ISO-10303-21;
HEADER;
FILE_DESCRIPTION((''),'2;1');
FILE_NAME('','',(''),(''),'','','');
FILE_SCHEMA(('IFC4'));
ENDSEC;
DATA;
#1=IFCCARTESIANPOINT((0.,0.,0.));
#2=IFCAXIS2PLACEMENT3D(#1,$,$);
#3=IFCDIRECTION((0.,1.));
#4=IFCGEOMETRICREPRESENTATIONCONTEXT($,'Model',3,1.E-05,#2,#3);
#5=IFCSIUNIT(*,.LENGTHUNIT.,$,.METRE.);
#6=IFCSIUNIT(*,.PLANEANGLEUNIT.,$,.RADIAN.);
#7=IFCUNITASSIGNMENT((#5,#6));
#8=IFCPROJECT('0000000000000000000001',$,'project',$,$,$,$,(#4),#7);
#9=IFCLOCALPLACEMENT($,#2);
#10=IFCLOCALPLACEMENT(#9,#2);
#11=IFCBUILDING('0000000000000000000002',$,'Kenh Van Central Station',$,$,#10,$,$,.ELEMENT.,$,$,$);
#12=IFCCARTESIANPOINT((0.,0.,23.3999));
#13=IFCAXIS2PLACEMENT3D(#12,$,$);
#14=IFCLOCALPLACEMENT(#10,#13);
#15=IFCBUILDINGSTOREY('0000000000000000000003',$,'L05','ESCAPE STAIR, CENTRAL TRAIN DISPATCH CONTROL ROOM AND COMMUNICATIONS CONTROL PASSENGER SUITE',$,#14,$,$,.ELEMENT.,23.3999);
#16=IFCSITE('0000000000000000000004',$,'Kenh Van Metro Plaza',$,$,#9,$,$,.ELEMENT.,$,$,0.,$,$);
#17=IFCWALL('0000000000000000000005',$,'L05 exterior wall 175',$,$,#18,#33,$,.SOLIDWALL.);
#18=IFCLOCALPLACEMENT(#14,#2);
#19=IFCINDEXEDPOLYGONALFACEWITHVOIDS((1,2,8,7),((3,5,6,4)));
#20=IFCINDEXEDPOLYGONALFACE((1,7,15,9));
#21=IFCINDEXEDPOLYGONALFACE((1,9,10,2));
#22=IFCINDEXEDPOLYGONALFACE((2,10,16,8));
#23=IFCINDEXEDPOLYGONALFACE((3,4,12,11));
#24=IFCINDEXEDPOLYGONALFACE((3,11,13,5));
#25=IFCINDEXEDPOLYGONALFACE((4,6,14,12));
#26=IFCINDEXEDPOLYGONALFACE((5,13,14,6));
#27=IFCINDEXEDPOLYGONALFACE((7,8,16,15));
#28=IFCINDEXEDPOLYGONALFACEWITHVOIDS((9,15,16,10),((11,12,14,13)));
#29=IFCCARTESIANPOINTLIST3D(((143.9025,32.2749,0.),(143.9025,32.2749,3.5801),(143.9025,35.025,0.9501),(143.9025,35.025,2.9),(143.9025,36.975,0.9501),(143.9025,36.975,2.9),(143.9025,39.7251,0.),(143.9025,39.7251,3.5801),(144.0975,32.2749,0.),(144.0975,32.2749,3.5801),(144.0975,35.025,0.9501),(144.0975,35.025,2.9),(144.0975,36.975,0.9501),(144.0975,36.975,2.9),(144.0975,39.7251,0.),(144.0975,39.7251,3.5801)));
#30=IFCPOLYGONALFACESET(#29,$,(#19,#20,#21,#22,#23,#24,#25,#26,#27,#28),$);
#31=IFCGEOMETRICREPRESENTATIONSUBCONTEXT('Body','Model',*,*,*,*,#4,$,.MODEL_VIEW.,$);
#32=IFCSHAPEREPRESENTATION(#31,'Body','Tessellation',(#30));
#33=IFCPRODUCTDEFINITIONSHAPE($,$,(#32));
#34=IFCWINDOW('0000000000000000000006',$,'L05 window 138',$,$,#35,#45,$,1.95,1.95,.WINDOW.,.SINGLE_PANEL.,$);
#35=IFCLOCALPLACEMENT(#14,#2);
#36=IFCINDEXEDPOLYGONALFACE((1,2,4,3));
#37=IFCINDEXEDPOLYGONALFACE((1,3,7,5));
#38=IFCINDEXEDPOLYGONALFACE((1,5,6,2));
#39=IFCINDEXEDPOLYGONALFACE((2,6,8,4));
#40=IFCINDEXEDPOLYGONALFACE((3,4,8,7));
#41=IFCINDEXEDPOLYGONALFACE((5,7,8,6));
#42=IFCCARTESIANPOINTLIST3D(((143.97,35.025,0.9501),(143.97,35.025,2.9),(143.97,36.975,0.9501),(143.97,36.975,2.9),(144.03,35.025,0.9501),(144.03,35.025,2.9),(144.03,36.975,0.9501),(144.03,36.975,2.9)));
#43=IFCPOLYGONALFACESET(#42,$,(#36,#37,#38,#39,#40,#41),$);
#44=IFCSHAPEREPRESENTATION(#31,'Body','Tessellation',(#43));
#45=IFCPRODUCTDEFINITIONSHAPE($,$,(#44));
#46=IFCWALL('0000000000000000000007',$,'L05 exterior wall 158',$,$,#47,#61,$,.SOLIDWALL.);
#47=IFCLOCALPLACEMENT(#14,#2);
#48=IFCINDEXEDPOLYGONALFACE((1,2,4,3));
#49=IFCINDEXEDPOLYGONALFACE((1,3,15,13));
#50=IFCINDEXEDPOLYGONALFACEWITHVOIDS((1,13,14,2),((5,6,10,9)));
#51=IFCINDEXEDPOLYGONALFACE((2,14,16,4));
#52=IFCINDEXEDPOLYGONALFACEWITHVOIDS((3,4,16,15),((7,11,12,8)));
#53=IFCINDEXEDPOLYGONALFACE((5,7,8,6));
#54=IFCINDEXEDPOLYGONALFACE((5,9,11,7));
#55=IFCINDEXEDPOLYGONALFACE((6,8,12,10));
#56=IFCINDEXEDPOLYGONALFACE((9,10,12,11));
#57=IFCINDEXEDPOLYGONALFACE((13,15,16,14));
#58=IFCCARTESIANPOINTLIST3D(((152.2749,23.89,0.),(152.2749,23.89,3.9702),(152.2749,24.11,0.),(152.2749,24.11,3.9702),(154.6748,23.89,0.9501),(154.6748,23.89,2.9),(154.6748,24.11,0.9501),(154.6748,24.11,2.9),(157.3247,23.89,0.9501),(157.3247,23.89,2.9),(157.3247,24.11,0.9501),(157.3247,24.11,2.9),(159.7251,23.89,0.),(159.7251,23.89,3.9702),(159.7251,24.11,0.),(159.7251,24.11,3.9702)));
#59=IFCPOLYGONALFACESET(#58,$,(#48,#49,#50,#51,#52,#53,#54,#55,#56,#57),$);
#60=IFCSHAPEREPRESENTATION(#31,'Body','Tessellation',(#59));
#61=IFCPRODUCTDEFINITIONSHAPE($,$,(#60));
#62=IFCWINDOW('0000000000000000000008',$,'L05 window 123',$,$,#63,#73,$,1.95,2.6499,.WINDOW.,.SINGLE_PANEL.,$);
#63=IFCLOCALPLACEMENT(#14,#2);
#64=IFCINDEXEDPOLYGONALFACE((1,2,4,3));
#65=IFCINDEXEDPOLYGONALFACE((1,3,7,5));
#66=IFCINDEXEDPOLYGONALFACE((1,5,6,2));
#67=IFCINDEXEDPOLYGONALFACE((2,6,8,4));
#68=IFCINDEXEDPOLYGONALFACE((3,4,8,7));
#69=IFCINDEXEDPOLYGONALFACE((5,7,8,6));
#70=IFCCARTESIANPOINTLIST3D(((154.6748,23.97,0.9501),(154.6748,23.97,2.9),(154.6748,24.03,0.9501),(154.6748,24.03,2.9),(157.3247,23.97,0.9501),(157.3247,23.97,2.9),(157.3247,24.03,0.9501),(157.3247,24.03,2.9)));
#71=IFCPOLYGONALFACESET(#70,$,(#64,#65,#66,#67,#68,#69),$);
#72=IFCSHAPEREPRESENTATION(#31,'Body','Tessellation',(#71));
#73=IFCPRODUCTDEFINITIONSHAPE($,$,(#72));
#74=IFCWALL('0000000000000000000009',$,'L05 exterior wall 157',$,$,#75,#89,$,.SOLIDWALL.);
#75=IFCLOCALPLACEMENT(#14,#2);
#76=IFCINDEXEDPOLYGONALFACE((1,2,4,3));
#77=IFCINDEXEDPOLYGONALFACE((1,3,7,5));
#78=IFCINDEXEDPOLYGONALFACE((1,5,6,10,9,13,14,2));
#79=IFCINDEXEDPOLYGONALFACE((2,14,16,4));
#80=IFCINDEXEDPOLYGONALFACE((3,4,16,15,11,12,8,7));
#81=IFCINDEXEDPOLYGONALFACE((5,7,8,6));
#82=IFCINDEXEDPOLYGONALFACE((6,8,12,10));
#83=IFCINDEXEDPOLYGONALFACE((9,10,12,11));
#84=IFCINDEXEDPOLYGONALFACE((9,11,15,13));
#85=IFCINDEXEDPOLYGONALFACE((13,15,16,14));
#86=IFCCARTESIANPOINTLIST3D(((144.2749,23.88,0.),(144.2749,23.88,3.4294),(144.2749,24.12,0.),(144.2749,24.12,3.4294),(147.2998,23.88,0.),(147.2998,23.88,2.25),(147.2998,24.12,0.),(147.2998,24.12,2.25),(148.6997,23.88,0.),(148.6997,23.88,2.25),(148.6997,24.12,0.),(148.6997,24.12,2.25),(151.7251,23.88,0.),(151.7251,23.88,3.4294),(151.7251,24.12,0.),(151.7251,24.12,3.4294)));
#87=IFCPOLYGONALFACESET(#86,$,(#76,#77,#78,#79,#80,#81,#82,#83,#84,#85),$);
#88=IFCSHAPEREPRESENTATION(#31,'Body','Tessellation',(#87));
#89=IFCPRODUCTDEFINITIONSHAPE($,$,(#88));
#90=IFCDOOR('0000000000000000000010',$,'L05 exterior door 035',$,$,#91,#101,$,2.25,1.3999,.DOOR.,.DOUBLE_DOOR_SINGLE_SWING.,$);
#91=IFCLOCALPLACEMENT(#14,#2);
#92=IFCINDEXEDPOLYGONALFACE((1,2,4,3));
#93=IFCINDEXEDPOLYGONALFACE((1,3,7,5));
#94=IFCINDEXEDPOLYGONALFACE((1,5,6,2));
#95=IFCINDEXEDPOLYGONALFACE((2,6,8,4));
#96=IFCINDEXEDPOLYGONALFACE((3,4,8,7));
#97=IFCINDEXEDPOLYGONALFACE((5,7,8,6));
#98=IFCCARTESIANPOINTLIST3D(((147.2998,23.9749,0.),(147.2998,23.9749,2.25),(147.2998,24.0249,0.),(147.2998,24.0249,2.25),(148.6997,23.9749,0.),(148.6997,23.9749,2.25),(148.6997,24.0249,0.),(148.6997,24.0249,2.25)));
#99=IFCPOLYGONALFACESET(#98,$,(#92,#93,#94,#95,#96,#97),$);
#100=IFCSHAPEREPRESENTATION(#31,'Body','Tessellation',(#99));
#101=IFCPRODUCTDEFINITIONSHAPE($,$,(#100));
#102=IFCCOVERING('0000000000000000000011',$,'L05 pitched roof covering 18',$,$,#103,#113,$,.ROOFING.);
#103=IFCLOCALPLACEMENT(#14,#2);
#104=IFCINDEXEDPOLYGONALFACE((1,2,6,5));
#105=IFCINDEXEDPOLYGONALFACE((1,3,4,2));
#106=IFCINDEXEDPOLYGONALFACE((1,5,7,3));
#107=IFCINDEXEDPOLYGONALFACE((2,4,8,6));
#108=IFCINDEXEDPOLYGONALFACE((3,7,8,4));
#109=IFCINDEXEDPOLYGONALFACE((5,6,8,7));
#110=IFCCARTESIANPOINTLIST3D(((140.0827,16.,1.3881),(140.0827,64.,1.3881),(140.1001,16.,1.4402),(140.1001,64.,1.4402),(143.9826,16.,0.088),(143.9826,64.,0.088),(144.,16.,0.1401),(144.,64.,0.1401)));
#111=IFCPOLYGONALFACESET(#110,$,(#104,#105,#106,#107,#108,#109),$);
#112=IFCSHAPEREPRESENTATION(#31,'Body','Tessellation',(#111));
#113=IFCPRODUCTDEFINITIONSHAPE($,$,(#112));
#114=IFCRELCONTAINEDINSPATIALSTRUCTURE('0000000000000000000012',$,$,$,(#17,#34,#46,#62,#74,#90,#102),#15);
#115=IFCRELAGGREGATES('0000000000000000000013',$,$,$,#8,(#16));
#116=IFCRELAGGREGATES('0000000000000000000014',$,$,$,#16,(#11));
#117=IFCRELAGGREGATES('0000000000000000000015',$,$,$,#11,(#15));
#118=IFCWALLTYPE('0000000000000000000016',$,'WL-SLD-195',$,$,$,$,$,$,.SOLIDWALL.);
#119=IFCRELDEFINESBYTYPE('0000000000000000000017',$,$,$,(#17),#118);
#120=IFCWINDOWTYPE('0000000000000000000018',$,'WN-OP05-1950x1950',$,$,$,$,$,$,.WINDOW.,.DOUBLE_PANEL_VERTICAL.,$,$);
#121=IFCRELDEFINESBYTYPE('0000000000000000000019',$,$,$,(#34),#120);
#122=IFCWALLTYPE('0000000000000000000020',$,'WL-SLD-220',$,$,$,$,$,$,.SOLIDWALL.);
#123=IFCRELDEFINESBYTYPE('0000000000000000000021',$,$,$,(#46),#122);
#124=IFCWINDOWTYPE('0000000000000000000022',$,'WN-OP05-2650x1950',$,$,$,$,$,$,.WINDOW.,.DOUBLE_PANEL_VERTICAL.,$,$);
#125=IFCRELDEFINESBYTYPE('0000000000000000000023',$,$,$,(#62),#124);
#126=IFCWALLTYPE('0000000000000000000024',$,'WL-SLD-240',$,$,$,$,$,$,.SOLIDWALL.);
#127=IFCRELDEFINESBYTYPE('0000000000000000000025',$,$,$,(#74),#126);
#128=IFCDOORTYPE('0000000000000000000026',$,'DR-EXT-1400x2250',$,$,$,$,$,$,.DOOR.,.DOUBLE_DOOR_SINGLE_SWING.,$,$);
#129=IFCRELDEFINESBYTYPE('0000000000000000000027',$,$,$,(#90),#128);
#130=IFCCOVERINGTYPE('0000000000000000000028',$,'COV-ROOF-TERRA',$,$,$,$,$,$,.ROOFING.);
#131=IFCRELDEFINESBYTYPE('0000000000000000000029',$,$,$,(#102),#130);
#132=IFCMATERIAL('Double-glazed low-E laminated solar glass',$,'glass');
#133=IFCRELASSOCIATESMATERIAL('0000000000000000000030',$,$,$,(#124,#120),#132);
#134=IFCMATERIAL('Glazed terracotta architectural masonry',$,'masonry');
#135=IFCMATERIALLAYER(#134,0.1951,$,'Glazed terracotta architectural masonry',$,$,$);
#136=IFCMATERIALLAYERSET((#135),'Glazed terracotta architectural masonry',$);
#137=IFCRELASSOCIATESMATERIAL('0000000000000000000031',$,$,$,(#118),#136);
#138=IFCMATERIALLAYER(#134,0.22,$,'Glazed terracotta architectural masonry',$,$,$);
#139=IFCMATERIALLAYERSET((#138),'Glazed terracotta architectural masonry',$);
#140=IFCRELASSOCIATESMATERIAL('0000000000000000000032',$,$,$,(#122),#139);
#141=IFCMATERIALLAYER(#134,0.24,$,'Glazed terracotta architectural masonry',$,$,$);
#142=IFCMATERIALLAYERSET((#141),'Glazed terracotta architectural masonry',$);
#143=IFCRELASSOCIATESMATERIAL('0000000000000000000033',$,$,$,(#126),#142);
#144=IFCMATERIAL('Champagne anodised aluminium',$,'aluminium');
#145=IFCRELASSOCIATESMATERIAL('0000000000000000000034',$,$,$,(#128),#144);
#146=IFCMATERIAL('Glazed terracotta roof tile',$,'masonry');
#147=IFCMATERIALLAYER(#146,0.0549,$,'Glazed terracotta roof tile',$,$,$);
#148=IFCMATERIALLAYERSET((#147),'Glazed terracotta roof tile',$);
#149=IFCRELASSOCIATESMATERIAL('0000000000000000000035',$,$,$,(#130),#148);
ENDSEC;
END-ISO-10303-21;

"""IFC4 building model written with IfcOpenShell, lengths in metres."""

from ifc_helpers import new_model, si_unit, direction, frame, frame_2d, origin, place, context, subcontext, project, spatial, polyline, rectangle, outline, extrude, material, layer, layer_set, type_object, element, fill, save


model = new_model("IFC4")

# Units and contexts
model_context = context("Model", 3, precision=1e-05, world=origin(), true_north=direction((0.0, 1.0)))
body_context = subcontext(model_context, "Body", "Model", "MODEL_VIEW")
ifc_project = project(units=[si_unit("LENGTHUNIT", "METRE"), si_unit("PLANEANGLEUNIT", "RADIAN")], contexts=[model_context])

# Site, building, storey
site_placement = place(None, origin())
site = spatial("IfcSite", under=ifc_project, at=site_placement, Name="Kenh Van Metro Plaza", CompositionType="ELEMENT", RefElevation=0.0)
building_placement = place(site_placement, origin())
building = spatial("IfcBuilding", under=site, at=building_placement, Name="Kenh Van Central Station", CompositionType="ELEMENT")
storey_placement = place(building_placement, frame((0.0, 0.0, 23.3999)))
storey = spatial("IfcBuildingStorey", under=building, at=storey_placement, Name="L05", Description="ESCAPE STAIR, CENTRAL TRAIN DISPATCH CONTROL ROOM AND COMMUNICATIONS CONTROL PASSENGER SUITE", CompositionType="ELEMENT", Elevation=23.3999)

# Shared definitions
ifc_material_1 = material(Name="Double-glazed low-E laminated solar glass", Category="glass")
window_type_1 = type_object("IfcWindowType", Name="WN-OP05-2650x1950", PartitioningType="DOUBLE_PANEL_VERTICAL", PredefinedType="WINDOW", material=ifc_material_1)

# Walls, openings, windows
ifc_material_2 = material(Name="Glazed terracotta architectural masonry", Category="masonry")
ifc_layer_1 = layer(ifc_material_2, 0.1951, Name="Glazed terracotta architectural masonry")
ifc_layer_set_1 = layer_set([ifc_layer_1], Name="Glazed terracotta architectural masonry")
wall_type_1 = type_object("IfcWallType", Name="WL-SLD-195", PredefinedType="SOLIDWALL", material=ifc_layer_set_1)
wall_1_placement = place(storey_placement, frame((144.0, 39.7251, 0.0), z_axis=(0.0, 0.0, 1.0), x_axis=(0.0, -1.0, 0.0)))
wall_1 = element("IfcWall", 1, at=wall_1_placement, inside=storey, type_object=wall_type_1, Name="L05 exterior wall 175", PredefinedType="SOLIDWALL", context=body_context, shape_type="SweptSolid", body=[
    extrude(rectangle(XDim=7.4502, YDim=0.1951, at=frame_2d((3.7251, 0.0))), origin(), (0.0, 0.0, 1.0), 3.5801),
])
opening_1_placement = place(wall_1_placement, frame((2.75, 0.0, 0.95)))
opening_1 = element("IfcOpeningElement", 2, at=opening_1_placement, cuts=wall_1, PredefinedType="OPENING", context=body_context, shape_type="SweptSolid", body=[
    extrude(rectangle(XDim=1.95, YDim=1.95, at=frame_2d((0.9751, 0.9751))), frame((0.0, 0.1074, 0.0), z_axis=(0.0, -1.0, 0.0), x_axis=(1.0, 0.0, 0.0)), (0.0, 0.0, 1.0), 0.2151),
])
window_type_2 = type_object("IfcWindowType", Name="WN-OP05-1950x1950", PartitioningType="DOUBLE_PANEL_VERTICAL", PredefinedType="WINDOW", material=ifc_material_1)
window_1_placement = place(opening_1_placement, origin())
window_1 = element("IfcWindow", 3, at=window_1_placement, inside=storey, type_object=window_type_2, Name="L05 window 138", OverallHeight=1.95, OverallWidth=1.95, PartitioningType="SINGLE_PANEL", PredefinedType="WINDOW", context=body_context, shape_type="SweptSolid", body=[
    extrude(rectangle(XDim=1.95, YDim=1.95, at=frame_2d((0.9751, 0.9751))), frame((0.0, 0.03, 0.0), z_axis=(0.0, -1.0, 0.0), x_axis=(1.0, 0.0, 0.0)), (0.0, 0.0, 1.0), 0.0601),
])
fill(opening_1, window_1)
ifc_layer_2 = layer(ifc_material_2, 0.22, Name="Glazed terracotta architectural masonry")
ifc_layer_set_2 = layer_set([ifc_layer_2], Name="Glazed terracotta architectural masonry")
wall_type_2 = type_object("IfcWallType", Name="WL-SLD-220", PredefinedType="SOLIDWALL", material=ifc_layer_set_2)
wall_2_placement = place(storey_placement, frame((152.2749, 24.0, 0.0), z_axis=(0.0, 0.0, 1.0), x_axis=(1.0, 0.0, 0.0)))
wall_2 = element("IfcWall", 4, at=wall_2_placement, inside=storey, type_object=wall_type_2, Name="L05 exterior wall 158", PredefinedType="SOLIDWALL", context=body_context, shape_type="SweptSolid", body=[
    extrude(rectangle(XDim=7.4502, YDim=0.22, at=frame_2d((3.7251, 0.0))), origin(), (0.0, 0.0, 1.0), 3.9702),
])
opening_2_placement = place(wall_2_placement, frame((2.3999, 0.0, 0.95)))
opening_2 = element("IfcOpeningElement", 5, at=opening_2_placement, cuts=wall_2, PredefinedType="OPENING", context=body_context, shape_type="SweptSolid", body=[
    extrude(rectangle(XDim=2.6499, YDim=1.95, at=frame_2d((1.325, 0.9751))), frame((0.0, 0.1199, 0.0), z_axis=(0.0, -1.0, 0.0), x_axis=(1.0, 0.0, 0.0)), (0.0, 0.0, 1.0), 0.24),
])
window_2_placement = place(opening_2_placement, origin())
window_2 = element("IfcWindow", 6, at=window_2_placement, inside=storey, type_object=window_type_1, Name="L05 window 123", OverallHeight=1.95, OverallWidth=2.6499, PartitioningType="SINGLE_PANEL", PredefinedType="WINDOW", context=body_context, shape_type="SweptSolid", body=[
    extrude(rectangle(XDim=2.6499, YDim=1.95, at=frame_2d((1.325, 0.9751))), frame((0.0, 0.03, 0.0), z_axis=(0.0, -1.0, 0.0), x_axis=(1.0, 0.0, 0.0)), (0.0, 0.0, 1.0), 0.0601),
])
fill(opening_2, window_2)

# Wall, opening, door
ifc_layer_3 = layer(ifc_material_2, 0.24, Name="Glazed terracotta architectural masonry")
ifc_layer_set_3 = layer_set([ifc_layer_3], Name="Glazed terracotta architectural masonry")
wall_type_3 = type_object("IfcWallType", Name="WL-SLD-240", PredefinedType="SOLIDWALL", material=ifc_layer_set_3)
wall_3_placement = place(storey_placement, frame((144.2749, 24.0, 0.0), z_axis=(0.0, 0.0, 1.0), x_axis=(1.0, 0.0, 0.0)))
wall_3 = element("IfcWall", 7, at=wall_3_placement, inside=storey, type_object=wall_type_3, Name="L05 exterior wall 157", PredefinedType="SOLIDWALL", context=body_context, shape_type="SweptSolid", body=[
    extrude(rectangle(XDim=7.4502, YDim=0.24, at=frame_2d((3.7251, 0.0))), origin(), (0.0, 0.0, 1.0), 3.4294),
])
opening_3_placement = place(wall_3_placement, frame((3.0249, 0.0, 0.0)))
opening_3 = element("IfcOpeningElement", 8, at=opening_3_placement, cuts=wall_3, PredefinedType="OPENING", context=body_context, shape_type="SweptSolid", body=[
    extrude(rectangle(XDim=1.3999, YDim=2.25, at=frame_2d((0.7, 1.125))), frame((0.0, 0.1299, 0.0), z_axis=(0.0, -1.0, 0.0), x_axis=(1.0, 0.0, 0.0)), (0.0, 0.0, 1.0), 0.26),
])
ifc_material_3 = material(Name="Champagne anodised aluminium", Category="aluminium")
door_type_1 = type_object("IfcDoorType", Name="DR-EXT-1400x2250", OperationType="DOUBLE_DOOR_SINGLE_SWING", PredefinedType="DOOR", material=ifc_material_3)
door_1_placement = place(opening_3_placement, frame((1.3999, 0.0, 0.0), z_axis=(0.0, 0.0, 1.0), x_axis=(-1.0, 0.0, 0.0)))
door_1 = element("IfcDoor", 9, at=door_1_placement, inside=storey, type_object=door_type_1, Name="L05 exterior door 035", OperationType="DOUBLE_DOOR_SINGLE_SWING", OverallHeight=2.25, OverallWidth=1.3999, PredefinedType="DOOR", context=body_context, shape_type="SweptSolid", body=[
    extrude(rectangle(XDim=1.3999, YDim=2.25, at=frame_2d((-0.7, 1.125))), frame((0.0, -0.0249, 0.0), z_axis=(0.0, 1.0, 0.0), x_axis=(-1.0, 0.0, 0.0)), (0.0, 0.0, 1.0), 0.05),
])
fill(opening_3, door_1)

# Covering
ifc_material_4 = material(Name="Glazed terracotta roof tile", Category="masonry")
ifc_layer_4 = layer(ifc_material_4, 0.0549, Name="Glazed terracotta roof tile")
ifc_layer_set_4 = layer_set([ifc_layer_4], Name="Glazed terracotta roof tile")
covering_type = type_object("IfcCoveringType", Name="COV-ROOF-TERRA", PredefinedType="ROOFING", material=ifc_layer_set_4)
covering_placement = place(storey_placement, frame((140.1001, 16.0, 1.4402), z_axis=(0.316246, 0.0, 0.948677), x_axis=(0.948677, 0.0, -0.316246)))
element("IfcCovering", 10, at=covering_placement, inside=storey, type_object=covering_type, Name="L05 pitched roof covering 18", PredefinedType="ROOFING", context=body_context, shape_type="SweptSolid", body=[
    extrude(outline(polyline([(0.0, 0.0), (4.1109, 0.0), (4.1109, 48.0), (0.0, 48.0), (0.0, 0.0)])), origin(), (0.0, 0.0, -1.0), 0.0549),
])

save(model, "model.ifc")
